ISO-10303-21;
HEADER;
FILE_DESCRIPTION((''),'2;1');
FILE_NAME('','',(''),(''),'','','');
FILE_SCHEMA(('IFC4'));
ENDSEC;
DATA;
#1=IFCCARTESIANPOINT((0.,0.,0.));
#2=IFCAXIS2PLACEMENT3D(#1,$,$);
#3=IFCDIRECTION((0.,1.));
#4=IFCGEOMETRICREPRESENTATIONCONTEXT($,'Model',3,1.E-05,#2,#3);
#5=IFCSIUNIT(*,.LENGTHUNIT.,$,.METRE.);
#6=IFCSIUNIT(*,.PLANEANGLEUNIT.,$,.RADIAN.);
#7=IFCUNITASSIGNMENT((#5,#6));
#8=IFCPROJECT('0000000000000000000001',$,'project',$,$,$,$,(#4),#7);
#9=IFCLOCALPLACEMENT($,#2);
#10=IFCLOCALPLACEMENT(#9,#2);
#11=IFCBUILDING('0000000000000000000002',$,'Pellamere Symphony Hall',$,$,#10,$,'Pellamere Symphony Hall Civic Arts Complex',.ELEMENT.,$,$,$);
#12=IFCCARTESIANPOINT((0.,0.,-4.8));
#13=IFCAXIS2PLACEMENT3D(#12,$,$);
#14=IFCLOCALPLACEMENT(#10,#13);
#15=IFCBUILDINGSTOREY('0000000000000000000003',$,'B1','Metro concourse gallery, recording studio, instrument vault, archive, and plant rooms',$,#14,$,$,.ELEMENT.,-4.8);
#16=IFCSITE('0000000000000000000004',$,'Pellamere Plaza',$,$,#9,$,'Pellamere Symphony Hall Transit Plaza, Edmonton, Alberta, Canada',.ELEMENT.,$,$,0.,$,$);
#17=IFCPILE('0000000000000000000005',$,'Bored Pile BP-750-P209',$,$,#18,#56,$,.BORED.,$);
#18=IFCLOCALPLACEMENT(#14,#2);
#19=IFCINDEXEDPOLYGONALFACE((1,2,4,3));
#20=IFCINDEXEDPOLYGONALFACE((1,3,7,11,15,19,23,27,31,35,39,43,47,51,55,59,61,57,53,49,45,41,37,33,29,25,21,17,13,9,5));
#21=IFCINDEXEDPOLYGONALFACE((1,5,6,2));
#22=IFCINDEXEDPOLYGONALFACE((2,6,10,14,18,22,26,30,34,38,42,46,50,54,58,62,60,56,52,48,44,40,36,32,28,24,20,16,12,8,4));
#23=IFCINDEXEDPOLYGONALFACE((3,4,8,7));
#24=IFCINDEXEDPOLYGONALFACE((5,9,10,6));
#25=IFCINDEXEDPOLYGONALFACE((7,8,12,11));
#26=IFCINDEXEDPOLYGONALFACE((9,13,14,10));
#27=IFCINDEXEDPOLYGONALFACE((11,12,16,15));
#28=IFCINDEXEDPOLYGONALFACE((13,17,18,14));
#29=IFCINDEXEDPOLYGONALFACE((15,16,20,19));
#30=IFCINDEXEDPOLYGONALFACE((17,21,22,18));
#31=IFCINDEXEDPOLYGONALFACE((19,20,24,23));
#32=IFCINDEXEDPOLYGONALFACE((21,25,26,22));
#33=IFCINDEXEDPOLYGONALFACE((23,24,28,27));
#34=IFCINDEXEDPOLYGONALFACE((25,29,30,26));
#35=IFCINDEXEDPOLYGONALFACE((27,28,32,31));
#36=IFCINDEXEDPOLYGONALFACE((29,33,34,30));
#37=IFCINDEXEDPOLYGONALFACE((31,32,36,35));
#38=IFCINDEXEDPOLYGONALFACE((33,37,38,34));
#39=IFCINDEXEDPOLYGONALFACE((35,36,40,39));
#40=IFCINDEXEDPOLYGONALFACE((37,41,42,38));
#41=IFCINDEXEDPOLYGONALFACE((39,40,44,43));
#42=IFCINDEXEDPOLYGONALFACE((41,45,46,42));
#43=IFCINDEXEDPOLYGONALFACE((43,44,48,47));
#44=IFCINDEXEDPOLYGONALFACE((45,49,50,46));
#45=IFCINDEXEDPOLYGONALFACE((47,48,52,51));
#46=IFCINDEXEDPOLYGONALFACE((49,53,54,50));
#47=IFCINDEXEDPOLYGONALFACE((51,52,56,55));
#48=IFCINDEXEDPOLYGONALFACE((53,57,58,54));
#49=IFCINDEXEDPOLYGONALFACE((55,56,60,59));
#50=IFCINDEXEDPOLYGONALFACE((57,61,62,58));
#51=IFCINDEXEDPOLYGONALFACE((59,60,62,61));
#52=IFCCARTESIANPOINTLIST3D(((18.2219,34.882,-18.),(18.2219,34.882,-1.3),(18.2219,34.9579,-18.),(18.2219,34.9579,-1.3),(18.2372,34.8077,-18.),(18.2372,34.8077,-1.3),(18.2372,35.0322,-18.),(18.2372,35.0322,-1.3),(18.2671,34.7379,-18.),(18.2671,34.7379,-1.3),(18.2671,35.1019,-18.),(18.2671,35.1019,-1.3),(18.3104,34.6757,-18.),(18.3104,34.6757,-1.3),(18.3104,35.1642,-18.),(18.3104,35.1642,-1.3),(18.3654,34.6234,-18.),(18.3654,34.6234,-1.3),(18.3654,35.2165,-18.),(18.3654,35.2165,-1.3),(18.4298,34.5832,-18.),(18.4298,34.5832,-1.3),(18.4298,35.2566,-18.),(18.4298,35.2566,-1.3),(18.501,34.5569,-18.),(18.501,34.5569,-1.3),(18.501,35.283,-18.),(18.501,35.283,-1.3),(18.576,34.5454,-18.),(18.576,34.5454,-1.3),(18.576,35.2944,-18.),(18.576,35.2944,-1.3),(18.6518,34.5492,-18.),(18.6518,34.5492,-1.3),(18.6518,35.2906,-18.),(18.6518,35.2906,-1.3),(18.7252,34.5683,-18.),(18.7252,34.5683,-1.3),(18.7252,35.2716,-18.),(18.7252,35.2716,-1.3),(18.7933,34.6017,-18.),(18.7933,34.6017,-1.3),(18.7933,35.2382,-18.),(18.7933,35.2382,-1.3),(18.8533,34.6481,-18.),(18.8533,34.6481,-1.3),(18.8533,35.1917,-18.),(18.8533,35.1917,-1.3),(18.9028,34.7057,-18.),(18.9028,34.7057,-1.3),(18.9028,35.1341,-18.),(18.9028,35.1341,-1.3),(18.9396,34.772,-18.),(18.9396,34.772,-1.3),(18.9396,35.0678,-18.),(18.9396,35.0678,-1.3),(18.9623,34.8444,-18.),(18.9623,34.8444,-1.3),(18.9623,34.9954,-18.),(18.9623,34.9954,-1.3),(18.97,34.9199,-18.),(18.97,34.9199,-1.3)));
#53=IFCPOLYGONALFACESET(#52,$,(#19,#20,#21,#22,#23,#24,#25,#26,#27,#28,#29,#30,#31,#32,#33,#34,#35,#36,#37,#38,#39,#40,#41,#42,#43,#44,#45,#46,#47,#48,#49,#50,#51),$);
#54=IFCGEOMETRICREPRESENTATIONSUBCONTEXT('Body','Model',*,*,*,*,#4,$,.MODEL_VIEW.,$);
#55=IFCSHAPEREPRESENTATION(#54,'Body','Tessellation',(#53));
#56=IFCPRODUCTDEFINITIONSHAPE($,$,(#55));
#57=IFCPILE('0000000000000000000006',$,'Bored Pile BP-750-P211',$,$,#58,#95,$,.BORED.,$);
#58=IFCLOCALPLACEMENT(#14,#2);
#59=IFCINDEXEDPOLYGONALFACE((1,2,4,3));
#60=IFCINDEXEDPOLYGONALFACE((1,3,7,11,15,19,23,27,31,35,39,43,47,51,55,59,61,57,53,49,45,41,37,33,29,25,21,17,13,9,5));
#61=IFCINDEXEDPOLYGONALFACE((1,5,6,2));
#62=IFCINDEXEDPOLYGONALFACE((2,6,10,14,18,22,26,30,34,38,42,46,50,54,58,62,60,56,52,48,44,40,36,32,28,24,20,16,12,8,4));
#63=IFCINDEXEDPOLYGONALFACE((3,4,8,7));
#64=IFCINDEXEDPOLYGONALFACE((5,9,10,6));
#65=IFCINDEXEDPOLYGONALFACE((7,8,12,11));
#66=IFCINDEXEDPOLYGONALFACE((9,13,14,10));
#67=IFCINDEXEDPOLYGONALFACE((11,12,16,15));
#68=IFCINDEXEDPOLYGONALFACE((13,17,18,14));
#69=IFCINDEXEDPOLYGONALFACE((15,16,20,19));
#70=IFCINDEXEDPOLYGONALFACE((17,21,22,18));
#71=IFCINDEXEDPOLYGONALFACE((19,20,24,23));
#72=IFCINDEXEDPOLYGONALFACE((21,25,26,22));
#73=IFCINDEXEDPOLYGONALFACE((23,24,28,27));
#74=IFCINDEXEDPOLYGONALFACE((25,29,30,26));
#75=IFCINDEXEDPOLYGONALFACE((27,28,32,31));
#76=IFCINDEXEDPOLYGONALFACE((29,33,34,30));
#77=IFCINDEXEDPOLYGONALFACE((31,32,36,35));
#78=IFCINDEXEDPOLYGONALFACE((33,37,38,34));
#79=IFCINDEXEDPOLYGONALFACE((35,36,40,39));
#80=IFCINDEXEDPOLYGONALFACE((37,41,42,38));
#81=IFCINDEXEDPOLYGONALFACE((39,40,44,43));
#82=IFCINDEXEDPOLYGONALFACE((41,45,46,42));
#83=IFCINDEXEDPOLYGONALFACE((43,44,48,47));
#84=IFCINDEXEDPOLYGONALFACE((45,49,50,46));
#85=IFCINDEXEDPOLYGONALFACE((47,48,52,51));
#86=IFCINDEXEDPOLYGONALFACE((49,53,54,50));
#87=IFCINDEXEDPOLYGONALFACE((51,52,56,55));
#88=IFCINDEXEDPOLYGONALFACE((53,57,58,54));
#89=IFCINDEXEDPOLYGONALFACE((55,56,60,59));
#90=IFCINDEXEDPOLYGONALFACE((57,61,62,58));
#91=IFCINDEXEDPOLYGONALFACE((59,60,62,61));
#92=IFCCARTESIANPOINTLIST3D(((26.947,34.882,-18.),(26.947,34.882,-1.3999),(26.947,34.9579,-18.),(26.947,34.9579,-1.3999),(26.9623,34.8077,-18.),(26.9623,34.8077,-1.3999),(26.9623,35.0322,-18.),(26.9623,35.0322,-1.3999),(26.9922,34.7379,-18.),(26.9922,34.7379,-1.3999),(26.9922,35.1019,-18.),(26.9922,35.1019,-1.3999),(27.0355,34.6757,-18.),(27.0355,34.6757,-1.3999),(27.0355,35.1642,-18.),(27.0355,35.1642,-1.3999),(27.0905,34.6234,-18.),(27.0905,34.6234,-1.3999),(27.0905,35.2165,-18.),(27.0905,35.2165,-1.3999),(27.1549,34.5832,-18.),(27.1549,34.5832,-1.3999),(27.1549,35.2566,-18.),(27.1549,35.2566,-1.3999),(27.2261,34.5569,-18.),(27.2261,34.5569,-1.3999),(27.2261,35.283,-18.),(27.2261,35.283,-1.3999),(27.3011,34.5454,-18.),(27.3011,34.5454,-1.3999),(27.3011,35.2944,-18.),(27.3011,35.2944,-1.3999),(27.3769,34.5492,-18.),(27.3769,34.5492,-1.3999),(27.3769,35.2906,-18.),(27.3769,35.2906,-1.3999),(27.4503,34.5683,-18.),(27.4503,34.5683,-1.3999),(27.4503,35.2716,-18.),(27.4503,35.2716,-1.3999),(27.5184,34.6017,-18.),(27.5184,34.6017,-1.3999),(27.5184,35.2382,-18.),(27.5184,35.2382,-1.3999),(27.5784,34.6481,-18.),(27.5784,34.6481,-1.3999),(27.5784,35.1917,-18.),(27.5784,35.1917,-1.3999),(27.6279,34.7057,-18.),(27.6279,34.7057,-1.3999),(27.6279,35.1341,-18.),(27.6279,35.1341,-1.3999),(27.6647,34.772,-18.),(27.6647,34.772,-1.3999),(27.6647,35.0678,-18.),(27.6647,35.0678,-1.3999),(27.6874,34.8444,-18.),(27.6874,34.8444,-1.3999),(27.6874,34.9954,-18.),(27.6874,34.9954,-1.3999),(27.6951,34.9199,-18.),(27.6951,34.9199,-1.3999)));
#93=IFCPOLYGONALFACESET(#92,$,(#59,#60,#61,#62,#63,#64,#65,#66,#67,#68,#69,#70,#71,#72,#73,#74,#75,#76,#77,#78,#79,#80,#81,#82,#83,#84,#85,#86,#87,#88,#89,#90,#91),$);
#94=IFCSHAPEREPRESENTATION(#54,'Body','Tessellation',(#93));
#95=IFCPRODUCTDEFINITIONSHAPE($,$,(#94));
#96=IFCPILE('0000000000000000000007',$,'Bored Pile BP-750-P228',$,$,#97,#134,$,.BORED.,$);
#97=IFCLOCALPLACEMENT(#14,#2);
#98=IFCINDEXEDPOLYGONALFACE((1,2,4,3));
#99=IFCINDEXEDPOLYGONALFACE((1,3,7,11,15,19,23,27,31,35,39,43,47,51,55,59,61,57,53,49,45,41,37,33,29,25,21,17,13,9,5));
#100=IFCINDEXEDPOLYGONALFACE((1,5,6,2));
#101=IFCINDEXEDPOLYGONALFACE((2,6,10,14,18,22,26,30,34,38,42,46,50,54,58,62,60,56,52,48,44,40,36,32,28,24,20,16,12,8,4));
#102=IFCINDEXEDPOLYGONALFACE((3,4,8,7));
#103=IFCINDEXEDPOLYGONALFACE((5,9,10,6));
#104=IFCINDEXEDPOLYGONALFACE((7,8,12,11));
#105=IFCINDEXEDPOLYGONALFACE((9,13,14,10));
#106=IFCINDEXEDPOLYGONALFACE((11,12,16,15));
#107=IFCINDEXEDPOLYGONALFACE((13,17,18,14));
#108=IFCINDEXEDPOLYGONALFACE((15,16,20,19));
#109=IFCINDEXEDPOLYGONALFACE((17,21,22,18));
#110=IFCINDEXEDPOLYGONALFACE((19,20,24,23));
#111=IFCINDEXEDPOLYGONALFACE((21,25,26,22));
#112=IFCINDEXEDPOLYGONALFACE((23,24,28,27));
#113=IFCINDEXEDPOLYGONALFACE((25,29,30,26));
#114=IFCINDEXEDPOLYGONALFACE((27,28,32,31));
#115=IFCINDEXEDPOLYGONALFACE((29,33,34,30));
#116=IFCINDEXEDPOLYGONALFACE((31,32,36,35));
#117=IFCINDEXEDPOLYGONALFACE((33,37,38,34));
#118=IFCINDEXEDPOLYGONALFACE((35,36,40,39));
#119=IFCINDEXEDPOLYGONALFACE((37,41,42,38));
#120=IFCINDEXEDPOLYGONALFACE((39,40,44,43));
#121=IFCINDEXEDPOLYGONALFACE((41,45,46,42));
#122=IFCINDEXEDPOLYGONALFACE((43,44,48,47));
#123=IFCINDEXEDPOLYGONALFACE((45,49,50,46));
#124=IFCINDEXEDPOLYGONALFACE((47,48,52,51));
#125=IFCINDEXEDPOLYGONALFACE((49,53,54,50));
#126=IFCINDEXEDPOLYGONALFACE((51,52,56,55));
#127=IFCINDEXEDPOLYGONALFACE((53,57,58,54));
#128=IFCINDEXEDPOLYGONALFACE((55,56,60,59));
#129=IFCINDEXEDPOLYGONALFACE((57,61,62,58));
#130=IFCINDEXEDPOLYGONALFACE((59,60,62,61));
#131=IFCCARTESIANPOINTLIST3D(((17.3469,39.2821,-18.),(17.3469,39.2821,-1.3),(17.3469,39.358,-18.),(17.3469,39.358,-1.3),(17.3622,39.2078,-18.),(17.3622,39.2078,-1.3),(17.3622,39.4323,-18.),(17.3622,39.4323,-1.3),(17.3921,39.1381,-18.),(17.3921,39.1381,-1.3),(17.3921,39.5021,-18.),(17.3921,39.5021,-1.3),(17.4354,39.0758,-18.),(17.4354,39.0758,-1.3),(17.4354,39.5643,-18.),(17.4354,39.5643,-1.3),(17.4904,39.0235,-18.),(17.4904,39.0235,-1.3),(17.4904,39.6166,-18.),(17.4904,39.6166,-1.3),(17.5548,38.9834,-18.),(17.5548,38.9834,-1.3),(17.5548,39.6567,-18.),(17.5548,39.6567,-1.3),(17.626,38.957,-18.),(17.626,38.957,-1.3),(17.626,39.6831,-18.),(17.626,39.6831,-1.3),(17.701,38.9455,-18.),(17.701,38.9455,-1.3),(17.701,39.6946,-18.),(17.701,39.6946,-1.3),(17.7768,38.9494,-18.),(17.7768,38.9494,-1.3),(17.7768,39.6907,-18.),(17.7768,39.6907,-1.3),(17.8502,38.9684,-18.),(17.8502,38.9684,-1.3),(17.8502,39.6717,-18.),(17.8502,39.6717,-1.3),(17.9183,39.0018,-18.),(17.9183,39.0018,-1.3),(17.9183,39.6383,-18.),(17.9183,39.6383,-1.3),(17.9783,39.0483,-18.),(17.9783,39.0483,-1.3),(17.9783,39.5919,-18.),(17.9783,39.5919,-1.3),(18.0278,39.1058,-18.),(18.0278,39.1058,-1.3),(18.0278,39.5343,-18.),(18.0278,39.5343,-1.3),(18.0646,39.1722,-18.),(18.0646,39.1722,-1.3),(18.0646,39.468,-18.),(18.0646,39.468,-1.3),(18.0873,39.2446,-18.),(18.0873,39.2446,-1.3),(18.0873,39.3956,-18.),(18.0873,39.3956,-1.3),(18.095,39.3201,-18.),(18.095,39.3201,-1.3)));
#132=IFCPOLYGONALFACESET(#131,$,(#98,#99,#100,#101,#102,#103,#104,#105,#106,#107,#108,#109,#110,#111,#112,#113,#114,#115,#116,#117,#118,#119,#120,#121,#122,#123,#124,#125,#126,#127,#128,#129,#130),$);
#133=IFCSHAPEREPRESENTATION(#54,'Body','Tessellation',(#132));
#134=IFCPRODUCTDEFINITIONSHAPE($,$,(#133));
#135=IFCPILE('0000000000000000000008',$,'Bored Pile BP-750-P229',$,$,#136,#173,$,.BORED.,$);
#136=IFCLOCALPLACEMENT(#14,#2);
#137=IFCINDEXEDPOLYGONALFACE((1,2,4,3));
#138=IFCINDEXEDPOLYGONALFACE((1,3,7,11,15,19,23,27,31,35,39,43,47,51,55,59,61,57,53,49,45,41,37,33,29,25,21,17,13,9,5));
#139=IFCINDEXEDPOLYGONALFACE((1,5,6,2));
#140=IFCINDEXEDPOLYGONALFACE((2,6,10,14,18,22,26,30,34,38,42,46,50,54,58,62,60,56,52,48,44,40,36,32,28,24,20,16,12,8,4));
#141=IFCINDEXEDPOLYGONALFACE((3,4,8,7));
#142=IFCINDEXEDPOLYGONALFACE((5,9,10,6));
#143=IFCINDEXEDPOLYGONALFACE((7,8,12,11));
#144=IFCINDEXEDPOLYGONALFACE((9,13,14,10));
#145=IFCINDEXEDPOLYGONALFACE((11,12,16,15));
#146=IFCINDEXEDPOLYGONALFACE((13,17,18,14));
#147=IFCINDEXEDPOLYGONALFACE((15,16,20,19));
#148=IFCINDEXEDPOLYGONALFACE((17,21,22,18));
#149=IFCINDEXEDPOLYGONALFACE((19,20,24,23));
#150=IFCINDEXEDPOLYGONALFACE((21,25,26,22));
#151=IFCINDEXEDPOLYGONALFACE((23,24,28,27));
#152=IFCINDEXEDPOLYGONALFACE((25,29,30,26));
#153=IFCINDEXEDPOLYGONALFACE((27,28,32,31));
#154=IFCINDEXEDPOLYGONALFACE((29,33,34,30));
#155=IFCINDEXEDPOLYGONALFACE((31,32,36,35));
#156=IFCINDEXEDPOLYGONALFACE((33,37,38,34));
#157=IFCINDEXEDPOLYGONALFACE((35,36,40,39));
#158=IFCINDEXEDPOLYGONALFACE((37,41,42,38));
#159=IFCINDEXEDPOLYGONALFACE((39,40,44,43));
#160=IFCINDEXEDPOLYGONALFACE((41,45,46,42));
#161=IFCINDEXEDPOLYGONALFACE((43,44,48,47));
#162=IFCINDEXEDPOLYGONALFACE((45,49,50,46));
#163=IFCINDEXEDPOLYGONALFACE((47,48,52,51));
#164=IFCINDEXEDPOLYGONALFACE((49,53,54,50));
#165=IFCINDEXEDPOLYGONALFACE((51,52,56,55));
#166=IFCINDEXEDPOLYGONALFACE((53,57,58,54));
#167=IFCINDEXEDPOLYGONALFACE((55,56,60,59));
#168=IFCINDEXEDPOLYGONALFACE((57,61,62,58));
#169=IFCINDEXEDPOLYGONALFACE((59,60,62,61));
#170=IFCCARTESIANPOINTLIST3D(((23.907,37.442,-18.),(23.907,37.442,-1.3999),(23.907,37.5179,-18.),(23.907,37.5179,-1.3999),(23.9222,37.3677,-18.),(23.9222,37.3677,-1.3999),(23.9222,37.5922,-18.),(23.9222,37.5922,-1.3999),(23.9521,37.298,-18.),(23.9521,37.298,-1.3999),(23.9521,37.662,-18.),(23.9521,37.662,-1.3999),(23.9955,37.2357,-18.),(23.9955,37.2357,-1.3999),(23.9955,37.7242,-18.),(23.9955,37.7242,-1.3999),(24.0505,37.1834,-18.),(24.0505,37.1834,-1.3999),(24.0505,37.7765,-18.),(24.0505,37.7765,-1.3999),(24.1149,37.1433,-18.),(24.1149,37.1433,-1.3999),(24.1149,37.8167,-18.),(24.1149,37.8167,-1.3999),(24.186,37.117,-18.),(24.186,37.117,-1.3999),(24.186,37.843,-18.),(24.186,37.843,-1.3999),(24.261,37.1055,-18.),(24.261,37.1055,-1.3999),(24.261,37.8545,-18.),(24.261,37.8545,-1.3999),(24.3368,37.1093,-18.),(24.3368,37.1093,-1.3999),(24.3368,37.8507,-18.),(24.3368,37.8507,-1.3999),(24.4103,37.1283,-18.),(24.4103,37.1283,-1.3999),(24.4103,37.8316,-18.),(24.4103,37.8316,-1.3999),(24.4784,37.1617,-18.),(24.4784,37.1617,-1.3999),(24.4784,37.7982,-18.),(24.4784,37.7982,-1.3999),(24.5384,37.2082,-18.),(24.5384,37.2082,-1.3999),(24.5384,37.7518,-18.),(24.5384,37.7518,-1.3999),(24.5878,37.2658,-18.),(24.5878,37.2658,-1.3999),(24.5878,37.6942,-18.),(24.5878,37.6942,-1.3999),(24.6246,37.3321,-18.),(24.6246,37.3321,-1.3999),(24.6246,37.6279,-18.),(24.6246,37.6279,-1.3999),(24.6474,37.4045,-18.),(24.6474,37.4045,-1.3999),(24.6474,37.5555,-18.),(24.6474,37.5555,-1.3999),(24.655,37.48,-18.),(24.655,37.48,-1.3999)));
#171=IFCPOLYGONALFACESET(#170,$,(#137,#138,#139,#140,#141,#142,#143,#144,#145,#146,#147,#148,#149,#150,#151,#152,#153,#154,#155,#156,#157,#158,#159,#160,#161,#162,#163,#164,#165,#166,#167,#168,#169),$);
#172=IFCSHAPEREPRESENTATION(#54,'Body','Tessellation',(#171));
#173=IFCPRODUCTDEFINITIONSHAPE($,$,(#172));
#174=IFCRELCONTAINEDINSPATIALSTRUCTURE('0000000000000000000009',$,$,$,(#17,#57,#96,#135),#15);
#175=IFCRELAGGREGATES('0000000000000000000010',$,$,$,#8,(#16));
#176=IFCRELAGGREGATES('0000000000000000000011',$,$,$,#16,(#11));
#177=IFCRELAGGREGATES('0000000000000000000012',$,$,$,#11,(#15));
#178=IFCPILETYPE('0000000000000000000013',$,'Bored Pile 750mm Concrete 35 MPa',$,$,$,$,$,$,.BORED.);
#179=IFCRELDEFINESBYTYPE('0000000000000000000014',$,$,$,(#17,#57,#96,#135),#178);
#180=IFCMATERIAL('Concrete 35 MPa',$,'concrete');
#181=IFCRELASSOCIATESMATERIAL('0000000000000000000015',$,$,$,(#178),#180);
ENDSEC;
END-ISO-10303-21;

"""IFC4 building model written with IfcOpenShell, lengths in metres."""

from ifc_helpers import new_model, si_unit, direction, frame, origin, origin_2d, place, context, subcontext, project, spatial, circle, extrude, material, material_profile, profile_set, type_object, element, save


model = new_model("IFC4")

# Units and contexts
model_context = context("Model", 3, precision=1e-05, world=origin(), true_north=direction((0.0, 1.0)))
body_context = subcontext(model_context, "Body", "Model", "MODEL_VIEW")
ifc_project = project(units=[si_unit("LENGTHUNIT", "METRE"), si_unit("PLANEANGLEUNIT", "RADIAN")], contexts=[model_context])

# Site, building, storey
site_placement = place(None, origin())
site = spatial("IfcSite", under=ifc_project, at=site_placement, Name="Pellamere Plaza", LongName="Pellamere Symphony Hall Transit Plaza, Edmonton, Alberta, Canada", CompositionType="ELEMENT", RefElevation=0.0)
building_placement = place(site_placement, origin())
building = spatial("IfcBuilding", under=site, at=building_placement, Name="Pellamere Symphony Hall", LongName="Pellamere Symphony Hall Civic Arts Complex", CompositionType="ELEMENT")
storey_placement = place(building_placement, frame((0.0, 0.0, -4.8)))
storey = spatial("IfcBuildingStorey", under=building, at=storey_placement, Name="B1", Description="Metro concourse gallery, recording studio, instrument vault, archive, and plant rooms", CompositionType="ELEMENT", Elevation=-4.8)

# Piles
ifc_material_1 = material(Name="Concrete 35 MPa", Category="concrete")
ifc_material_profile_1 = material_profile(ifc_material_1, circle(Radius=0.375, at=origin_2d()), Name="PILE D750")
ifc_profile_set_1 = profile_set([ifc_material_profile_1], Name="Concrete 35 MPa")
pile_type = type_object("IfcPileType", Name="Bored Pile 750mm Concrete 35 MPa", PredefinedType="BORED", material=ifc_profile_set_1)
pile_1_placement = place(storey_placement, frame((18.595, 34.9199, -1.3), z_axis=(0.0, 0.0, -1.0), x_axis=(1.0, 0.0, 0.0)))
element("IfcPile", 1, at=pile_1_placement, inside=storey, type_object=pile_type, Name="Bored Pile BP-750-P209", PredefinedType="BORED", context=body_context, shape_type="SweptSolid", body=[
    extrude(circle(Radius=0.375, at=origin_2d()), origin(), (0.0, 0.0, 1.0), 16.7),
])
pile_2_placement = place(storey_placement, frame((27.3201, 34.9199, -1.3999), z_axis=(0.0, 0.0, -1.0), x_axis=(1.0, 0.0, 0.0)))
element("IfcPile", 2, at=pile_2_placement, inside=storey, type_object=pile_type, Name="Bored Pile BP-750-P211", PredefinedType="BORED", context=body_context, shape_type="SweptSolid", body=[
    extrude(circle(Radius=0.375, at=origin_2d()), origin(), (0.0, 0.0, 1.0), 16.6001),
])
pile_3_placement = place(storey_placement, frame((17.72, 39.3201, -1.3), z_axis=(0.0, 0.0, -1.0), x_axis=(1.0, 0.0, 0.0)))
element("IfcPile", 3, at=pile_3_placement, inside=storey, type_object=pile_type, Name="Bored Pile BP-750-P228", PredefinedType="BORED", context=body_context, shape_type="SweptSolid", body=[
    extrude(circle(Radius=0.375, at=origin_2d()), origin(), (0.0, 0.0, 1.0), 16.7),
])
for number, where, z_axis, x_axis, name in (
    (4, (24.28, 37.48, -1.3999), (0.0, 0.0, -1.0), (1.0, 0.0, 0.0), "Bored Pile BP-750-P229"),
):
    element("IfcPile", number, at=place(storey_placement, frame(where, z_axis=z_axis, x_axis=x_axis)), inside=storey, type_object=pile_type, Name=name, PredefinedType="BORED", context=body_context, shape_type="SweptSolid", body=[
        extrude(circle(Radius=0.375, at=origin_2d()), origin(), (0.0, 0.0, 1.0), 16.6001),
    ])

save(model, "model.ifc")
